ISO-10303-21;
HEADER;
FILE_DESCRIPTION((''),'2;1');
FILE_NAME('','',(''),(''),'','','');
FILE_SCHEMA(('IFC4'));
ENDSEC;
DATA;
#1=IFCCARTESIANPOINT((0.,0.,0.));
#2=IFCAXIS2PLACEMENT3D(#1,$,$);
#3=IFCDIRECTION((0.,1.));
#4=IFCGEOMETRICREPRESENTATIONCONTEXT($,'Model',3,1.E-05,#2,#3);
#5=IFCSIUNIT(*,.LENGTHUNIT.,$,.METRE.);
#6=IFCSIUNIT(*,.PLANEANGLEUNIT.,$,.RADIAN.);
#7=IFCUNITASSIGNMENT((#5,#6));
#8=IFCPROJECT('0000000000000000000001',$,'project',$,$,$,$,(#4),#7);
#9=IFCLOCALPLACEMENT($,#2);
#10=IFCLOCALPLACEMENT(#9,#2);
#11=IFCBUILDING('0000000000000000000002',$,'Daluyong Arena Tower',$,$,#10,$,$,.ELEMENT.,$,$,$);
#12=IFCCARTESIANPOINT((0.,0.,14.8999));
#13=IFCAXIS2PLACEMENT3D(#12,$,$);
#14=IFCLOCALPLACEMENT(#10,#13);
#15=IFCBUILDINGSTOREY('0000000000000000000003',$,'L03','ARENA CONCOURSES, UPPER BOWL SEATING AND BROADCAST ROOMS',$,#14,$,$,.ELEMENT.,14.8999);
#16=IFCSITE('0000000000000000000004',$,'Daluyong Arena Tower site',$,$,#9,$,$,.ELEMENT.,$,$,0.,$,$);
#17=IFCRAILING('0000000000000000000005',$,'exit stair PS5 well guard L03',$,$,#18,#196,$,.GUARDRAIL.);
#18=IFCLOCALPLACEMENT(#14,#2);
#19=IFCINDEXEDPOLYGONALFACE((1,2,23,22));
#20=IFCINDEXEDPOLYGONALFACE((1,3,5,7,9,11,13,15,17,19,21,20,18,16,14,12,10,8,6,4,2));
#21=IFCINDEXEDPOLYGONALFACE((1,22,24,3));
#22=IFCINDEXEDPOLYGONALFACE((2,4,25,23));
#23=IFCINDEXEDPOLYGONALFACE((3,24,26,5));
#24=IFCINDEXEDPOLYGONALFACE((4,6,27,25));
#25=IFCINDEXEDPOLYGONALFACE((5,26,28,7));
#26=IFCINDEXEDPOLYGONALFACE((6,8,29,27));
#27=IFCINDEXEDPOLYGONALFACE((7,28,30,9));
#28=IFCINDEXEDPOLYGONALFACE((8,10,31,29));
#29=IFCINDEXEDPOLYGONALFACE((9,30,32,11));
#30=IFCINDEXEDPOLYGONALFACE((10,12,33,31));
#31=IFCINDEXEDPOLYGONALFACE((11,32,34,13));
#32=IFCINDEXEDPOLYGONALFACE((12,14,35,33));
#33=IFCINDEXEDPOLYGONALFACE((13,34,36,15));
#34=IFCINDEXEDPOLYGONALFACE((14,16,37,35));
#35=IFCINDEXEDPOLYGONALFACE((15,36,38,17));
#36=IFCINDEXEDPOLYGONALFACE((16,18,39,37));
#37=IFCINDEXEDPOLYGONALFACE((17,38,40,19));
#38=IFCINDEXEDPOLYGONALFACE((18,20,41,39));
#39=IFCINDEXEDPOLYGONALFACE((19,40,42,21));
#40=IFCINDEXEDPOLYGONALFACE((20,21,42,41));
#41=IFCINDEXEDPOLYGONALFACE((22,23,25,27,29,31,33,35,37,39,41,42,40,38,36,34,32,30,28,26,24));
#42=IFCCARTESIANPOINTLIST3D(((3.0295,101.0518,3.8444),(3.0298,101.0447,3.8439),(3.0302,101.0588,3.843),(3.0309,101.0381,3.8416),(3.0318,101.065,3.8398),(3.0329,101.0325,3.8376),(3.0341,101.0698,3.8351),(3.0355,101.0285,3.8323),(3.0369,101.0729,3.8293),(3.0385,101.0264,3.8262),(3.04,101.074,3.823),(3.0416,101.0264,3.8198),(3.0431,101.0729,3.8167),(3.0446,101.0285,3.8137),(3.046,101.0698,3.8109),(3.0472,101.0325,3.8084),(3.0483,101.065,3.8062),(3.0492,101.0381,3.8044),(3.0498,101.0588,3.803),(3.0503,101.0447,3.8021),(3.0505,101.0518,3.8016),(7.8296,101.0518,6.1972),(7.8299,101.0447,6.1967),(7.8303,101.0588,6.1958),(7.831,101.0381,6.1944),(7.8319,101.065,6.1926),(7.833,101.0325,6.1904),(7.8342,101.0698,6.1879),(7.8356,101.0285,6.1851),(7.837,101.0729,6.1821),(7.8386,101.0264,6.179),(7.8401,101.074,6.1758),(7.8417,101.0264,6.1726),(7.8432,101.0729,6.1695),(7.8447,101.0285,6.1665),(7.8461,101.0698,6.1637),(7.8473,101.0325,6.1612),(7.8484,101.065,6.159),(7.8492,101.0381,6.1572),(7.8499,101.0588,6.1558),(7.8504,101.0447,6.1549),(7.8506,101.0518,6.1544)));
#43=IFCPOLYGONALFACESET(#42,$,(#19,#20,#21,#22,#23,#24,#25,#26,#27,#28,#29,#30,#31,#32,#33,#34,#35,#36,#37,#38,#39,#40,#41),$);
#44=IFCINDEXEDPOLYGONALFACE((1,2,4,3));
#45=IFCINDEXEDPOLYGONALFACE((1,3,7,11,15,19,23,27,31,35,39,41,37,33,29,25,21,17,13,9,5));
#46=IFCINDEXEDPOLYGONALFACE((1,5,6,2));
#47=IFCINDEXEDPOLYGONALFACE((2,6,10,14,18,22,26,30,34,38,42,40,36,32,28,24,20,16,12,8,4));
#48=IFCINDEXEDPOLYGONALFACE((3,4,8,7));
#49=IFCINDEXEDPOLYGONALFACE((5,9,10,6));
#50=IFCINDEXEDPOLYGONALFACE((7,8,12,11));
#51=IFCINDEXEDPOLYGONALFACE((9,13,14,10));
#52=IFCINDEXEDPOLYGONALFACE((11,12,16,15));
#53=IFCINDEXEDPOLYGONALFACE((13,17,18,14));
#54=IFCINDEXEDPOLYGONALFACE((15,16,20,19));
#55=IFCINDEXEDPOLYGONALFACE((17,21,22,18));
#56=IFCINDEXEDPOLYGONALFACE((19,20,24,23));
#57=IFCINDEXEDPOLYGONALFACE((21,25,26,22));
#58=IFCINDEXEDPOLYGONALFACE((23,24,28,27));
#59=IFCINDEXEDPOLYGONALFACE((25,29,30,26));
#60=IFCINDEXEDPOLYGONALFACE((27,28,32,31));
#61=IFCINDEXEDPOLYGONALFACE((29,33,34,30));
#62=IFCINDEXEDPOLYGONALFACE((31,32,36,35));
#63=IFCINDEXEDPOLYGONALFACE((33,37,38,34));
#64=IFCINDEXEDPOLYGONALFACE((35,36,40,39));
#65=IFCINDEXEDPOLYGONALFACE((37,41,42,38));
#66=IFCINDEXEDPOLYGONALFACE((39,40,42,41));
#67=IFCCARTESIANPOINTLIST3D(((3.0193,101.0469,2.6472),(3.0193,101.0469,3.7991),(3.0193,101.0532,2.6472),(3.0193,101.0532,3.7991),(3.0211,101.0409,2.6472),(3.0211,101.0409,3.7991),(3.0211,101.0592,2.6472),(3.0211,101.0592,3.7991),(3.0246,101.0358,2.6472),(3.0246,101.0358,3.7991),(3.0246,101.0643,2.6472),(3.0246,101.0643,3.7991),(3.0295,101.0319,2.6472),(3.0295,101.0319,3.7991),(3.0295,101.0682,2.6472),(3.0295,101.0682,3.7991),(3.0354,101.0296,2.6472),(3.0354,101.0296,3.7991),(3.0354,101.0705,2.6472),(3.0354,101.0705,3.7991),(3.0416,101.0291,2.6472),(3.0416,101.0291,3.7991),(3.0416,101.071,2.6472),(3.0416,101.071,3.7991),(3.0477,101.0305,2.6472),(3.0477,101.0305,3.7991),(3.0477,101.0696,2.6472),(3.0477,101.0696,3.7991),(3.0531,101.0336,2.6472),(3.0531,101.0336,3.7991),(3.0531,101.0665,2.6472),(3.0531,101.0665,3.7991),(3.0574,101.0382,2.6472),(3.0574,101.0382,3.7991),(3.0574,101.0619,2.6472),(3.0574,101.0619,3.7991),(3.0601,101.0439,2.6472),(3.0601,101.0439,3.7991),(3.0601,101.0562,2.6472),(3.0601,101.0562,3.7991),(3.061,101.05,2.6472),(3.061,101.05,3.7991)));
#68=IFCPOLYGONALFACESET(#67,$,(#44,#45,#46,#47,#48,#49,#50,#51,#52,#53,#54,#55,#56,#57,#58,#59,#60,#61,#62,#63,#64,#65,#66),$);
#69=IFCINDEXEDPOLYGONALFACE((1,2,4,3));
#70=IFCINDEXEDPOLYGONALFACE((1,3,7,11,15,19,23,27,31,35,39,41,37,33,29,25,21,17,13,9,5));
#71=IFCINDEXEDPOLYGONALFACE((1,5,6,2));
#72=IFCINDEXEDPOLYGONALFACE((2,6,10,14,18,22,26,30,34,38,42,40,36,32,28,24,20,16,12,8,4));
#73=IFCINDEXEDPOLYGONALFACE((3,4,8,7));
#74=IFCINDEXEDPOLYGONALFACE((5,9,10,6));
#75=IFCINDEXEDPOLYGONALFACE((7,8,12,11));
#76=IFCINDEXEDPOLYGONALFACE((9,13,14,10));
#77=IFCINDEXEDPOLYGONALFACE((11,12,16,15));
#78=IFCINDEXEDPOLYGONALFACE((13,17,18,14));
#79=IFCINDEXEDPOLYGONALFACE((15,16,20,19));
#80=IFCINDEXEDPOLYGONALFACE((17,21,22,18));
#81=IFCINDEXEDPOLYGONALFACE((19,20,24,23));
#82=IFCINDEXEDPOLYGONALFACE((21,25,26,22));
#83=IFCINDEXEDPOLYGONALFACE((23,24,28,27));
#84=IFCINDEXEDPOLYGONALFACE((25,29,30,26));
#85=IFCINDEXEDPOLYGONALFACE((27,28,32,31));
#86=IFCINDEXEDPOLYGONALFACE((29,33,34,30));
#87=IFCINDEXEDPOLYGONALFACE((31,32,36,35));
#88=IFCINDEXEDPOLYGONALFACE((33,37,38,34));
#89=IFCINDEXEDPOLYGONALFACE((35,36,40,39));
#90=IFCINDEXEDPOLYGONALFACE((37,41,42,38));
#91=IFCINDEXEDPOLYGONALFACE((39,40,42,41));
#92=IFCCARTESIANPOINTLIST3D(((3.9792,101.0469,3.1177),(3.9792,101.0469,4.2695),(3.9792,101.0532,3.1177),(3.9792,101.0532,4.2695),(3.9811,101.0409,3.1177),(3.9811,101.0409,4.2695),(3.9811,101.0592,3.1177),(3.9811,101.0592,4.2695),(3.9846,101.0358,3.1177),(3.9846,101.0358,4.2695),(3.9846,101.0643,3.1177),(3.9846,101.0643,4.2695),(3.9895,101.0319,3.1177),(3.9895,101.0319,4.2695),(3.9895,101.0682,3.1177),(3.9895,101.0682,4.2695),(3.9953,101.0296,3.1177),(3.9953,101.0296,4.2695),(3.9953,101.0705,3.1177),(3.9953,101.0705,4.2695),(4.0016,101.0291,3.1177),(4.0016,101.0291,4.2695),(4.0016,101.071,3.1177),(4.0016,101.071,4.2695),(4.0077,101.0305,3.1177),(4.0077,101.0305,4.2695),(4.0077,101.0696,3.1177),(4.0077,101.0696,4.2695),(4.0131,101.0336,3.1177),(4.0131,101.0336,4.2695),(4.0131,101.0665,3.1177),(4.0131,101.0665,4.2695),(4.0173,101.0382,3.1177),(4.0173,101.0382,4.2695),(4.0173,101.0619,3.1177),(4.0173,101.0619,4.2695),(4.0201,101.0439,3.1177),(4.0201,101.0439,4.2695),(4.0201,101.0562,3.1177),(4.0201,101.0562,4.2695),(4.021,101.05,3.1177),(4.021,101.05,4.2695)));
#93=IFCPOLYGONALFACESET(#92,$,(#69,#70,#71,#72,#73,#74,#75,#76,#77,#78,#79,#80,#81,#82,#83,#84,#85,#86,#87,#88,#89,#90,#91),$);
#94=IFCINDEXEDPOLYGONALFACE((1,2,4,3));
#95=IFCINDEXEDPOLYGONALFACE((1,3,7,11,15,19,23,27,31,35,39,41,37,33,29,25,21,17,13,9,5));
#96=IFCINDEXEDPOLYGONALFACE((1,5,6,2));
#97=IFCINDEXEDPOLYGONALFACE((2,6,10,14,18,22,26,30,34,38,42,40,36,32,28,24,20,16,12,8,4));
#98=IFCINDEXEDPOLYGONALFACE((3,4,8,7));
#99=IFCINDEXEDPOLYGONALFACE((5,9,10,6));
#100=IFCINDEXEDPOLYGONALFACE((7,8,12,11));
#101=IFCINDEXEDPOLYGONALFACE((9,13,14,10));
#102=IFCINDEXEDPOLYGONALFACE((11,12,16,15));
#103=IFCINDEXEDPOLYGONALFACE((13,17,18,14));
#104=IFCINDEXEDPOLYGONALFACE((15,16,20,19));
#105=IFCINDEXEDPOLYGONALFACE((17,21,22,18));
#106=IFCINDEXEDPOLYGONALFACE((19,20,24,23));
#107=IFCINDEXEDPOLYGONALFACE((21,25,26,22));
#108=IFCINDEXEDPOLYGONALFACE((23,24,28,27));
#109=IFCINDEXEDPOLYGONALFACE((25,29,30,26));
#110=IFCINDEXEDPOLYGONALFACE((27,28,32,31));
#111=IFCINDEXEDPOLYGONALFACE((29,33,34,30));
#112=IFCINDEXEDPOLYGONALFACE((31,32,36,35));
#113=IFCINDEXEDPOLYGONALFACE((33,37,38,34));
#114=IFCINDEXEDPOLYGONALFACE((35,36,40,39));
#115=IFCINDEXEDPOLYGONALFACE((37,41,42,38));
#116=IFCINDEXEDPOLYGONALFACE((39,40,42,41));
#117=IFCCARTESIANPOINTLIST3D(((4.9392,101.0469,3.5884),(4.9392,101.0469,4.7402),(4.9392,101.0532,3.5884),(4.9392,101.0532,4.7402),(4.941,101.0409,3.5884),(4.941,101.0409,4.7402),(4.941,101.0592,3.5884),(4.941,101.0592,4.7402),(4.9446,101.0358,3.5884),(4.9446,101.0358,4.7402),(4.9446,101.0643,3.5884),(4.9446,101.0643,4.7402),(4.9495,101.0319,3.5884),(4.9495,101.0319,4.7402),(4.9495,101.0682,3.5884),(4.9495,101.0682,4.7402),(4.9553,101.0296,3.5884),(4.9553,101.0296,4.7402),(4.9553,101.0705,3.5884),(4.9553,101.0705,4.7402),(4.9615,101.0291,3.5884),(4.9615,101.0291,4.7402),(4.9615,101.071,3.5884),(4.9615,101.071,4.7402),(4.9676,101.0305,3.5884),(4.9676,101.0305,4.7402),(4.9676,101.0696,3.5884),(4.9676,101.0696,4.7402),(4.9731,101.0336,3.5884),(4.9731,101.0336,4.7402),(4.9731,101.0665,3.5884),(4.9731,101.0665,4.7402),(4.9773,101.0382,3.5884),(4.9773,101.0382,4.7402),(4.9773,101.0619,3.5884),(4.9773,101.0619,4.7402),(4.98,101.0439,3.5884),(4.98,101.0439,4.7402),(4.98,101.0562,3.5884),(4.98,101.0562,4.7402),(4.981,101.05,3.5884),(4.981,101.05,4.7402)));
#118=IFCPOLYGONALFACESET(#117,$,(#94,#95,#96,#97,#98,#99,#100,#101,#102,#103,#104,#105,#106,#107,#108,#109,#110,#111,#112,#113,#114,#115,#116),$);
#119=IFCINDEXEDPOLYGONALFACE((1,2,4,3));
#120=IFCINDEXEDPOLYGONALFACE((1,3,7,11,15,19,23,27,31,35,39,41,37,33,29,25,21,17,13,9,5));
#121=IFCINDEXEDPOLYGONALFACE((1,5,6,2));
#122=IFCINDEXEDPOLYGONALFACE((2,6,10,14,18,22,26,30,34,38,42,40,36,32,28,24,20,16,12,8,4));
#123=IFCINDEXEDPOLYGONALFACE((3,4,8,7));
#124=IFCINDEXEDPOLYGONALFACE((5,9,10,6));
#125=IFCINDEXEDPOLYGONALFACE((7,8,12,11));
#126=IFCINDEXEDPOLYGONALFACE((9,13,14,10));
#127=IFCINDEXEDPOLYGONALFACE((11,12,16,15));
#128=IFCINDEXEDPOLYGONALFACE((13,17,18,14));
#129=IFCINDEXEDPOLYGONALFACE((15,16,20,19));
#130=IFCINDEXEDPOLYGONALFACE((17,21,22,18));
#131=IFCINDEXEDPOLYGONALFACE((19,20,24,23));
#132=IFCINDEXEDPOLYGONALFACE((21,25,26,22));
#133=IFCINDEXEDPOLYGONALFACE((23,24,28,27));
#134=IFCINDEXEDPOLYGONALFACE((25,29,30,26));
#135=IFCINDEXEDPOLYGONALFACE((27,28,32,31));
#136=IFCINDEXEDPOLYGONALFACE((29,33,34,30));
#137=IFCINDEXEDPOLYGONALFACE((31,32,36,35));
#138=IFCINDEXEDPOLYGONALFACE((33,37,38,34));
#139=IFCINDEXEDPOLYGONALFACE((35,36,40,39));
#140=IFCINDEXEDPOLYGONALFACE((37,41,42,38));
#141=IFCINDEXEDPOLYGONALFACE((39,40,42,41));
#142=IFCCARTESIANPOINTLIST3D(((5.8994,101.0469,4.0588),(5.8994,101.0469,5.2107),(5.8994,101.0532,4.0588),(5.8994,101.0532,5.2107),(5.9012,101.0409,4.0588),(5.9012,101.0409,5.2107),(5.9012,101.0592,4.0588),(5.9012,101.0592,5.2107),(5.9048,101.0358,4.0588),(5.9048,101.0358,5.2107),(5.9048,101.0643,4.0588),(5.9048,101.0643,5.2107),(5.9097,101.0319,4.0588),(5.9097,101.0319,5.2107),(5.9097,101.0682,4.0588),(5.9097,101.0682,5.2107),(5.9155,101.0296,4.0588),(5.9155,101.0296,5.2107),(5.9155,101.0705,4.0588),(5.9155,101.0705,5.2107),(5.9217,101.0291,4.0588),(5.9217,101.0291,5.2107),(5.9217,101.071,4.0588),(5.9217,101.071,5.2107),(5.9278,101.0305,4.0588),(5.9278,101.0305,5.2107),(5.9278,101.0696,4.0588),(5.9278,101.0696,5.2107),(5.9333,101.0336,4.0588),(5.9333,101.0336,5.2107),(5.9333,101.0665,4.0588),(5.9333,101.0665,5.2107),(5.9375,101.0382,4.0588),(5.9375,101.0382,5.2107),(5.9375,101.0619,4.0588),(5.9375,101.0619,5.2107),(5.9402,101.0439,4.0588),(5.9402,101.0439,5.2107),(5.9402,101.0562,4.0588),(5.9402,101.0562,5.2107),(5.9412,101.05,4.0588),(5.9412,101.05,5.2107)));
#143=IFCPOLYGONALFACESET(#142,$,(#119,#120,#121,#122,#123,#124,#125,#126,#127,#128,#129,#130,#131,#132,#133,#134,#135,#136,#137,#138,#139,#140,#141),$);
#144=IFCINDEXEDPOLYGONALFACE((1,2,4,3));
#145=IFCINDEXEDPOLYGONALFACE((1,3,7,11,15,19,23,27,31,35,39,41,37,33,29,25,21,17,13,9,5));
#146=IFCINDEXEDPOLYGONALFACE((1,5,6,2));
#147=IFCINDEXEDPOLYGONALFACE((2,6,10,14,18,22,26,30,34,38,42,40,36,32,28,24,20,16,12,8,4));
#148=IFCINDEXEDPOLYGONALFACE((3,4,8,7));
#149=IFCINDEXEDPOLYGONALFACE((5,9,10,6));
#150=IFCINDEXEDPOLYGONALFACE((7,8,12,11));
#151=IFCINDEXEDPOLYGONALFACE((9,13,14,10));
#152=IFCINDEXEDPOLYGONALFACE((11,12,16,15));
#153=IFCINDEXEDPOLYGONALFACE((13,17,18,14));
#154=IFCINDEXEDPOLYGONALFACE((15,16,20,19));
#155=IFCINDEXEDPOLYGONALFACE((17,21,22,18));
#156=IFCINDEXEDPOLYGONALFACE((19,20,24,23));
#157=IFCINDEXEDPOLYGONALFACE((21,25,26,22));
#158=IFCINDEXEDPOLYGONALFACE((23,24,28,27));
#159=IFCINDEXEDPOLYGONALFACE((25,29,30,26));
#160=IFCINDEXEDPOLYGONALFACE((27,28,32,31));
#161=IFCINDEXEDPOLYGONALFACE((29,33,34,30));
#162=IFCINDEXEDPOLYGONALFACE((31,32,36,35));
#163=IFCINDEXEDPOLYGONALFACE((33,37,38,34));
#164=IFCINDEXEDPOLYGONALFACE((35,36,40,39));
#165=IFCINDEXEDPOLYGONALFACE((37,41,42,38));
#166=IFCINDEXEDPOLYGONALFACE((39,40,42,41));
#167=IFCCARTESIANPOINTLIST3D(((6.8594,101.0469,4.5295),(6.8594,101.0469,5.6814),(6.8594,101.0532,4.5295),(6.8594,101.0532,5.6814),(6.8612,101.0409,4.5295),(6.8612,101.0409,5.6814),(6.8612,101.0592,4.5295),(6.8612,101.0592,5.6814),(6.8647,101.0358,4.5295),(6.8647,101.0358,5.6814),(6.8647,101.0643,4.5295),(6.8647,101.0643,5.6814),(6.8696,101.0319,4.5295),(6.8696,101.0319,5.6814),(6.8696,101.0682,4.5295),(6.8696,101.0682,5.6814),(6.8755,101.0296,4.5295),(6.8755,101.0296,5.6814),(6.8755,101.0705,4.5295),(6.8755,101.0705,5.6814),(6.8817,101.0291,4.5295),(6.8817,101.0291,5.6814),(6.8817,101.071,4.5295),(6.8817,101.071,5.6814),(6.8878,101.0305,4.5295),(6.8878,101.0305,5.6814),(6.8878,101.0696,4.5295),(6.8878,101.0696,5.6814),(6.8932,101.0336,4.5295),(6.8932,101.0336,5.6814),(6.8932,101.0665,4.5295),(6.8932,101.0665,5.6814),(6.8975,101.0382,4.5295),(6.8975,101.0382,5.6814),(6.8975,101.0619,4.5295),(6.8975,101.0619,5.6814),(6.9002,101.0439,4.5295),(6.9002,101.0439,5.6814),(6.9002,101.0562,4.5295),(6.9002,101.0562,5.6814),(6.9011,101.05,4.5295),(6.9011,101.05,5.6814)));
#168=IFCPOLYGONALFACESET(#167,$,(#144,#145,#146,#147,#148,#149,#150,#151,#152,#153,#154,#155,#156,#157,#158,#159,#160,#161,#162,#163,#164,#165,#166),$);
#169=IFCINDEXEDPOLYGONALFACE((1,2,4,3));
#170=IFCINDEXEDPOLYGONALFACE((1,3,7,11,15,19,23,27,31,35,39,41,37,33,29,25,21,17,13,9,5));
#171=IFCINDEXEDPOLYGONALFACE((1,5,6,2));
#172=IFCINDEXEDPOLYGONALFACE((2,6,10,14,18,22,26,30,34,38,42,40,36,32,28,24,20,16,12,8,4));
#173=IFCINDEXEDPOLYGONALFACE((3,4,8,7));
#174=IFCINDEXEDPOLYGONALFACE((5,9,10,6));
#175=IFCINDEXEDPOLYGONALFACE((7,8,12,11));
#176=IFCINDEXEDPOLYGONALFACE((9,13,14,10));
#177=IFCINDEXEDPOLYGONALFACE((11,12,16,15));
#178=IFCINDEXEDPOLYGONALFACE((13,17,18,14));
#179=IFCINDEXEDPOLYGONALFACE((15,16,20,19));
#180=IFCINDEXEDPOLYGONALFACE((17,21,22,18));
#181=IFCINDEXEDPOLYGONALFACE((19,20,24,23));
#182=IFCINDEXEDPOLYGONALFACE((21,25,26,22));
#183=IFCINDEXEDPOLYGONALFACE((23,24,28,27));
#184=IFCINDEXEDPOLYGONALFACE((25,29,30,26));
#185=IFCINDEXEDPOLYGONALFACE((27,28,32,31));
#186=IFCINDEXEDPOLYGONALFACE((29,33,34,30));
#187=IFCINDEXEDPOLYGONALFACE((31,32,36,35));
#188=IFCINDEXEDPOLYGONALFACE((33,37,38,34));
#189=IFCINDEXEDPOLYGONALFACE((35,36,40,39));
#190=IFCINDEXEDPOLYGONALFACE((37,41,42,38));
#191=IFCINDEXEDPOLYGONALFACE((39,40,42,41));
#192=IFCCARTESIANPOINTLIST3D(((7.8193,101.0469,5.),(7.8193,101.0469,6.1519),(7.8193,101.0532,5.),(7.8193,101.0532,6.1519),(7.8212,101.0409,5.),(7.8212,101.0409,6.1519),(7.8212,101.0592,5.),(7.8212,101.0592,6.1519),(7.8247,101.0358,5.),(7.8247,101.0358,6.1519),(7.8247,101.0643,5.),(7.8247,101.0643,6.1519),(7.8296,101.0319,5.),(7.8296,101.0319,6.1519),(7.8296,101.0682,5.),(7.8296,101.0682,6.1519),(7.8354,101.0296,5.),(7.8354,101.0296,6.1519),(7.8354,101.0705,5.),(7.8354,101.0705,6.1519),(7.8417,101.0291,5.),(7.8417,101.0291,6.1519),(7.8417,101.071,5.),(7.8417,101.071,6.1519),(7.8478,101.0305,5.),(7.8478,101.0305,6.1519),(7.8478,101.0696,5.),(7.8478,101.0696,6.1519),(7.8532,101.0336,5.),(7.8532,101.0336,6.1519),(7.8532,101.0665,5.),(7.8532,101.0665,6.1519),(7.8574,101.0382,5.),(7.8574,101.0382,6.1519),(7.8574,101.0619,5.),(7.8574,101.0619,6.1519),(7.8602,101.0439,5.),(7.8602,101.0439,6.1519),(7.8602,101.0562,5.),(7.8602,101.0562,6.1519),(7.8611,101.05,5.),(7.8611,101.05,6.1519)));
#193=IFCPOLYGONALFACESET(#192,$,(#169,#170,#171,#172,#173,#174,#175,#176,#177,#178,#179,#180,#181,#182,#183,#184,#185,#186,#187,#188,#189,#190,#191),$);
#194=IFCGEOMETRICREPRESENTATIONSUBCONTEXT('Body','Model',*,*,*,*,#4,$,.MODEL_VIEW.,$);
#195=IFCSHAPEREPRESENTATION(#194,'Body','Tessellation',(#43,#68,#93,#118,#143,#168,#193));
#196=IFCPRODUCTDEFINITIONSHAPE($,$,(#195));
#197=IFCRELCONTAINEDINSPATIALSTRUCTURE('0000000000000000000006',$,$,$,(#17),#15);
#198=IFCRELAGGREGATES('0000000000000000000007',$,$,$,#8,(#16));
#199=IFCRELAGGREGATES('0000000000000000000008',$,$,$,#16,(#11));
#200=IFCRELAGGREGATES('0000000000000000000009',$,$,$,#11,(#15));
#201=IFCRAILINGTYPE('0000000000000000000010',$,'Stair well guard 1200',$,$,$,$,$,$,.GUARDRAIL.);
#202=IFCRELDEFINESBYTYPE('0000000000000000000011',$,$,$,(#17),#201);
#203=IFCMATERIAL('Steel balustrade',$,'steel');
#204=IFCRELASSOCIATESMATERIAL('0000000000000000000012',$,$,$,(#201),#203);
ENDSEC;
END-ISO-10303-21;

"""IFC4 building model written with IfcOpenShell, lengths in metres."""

from ifc_helpers import new_model, si_unit, direction, frame, origin, origin_2d, place, context, subcontext, project, spatial, circle, extrude, material, type_object, element, save


model = new_model("IFC4")

# Units and contexts
model_context = context("Model", 3, precision=1e-05, world=origin(), true_north=direction((0.0, 1.0)))
body_context = subcontext(model_context, "Body", "Model", "MODEL_VIEW")
ifc_project = project(units=[si_unit("LENGTHUNIT", "METRE"), si_unit("PLANEANGLEUNIT", "RADIAN")], contexts=[model_context])

# Site, building, storey
site_placement = place(None, origin())
site = spatial("IfcSite", under=ifc_project, at=site_placement, Name="Daluyong Arena Tower site", CompositionType="ELEMENT", RefElevation=0.0)
building_placement = place(site_placement, origin())
building = spatial("IfcBuilding", under=site, at=building_placement, Name="Daluyong Arena Tower", CompositionType="ELEMENT")
storey_placement = place(building_placement, frame((0.0, 0.0, 14.8999)))
storey = spatial("IfcBuildingStorey", under=building, at=storey_placement, Name="L03", Description="ARENA CONCOURSES, UPPER BOWL SEATING AND BROADCAST ROOMS", CompositionType="ELEMENT", Elevation=14.8999)

# Railing
ifc_material_1 = material(Name="Steel balustrade", Category="steel")
railing_type_1 = type_object("IfcRailingType", Name="Stair well guard 1200", PredefinedType="GUARDRAIL", material=ifc_material_1)
railing_1_placement = place(storey_placement, frame((3.04, 101.05, 2.6472)))
element("IfcRailing", 1, at=railing_1_placement, inside=storey, type_object=railing_type_1, Name="exit stair PS5 well guard L03", PredefinedType="GUARDRAIL", context=body_context, shape_type="SweptSolid", body=[
    extrude(circle(Radius=0.0239, at=origin_2d()), frame((0.0, 0.0, 1.1758), z_axis=(0.897934, 0.0, 0.44013), x_axis=(0.0, 1.0, 0.0)), (0.0, 0.0, 1.0), 5.3457),
    extrude(circle(Radius=0.021, at=origin_2d()), origin(), (0.0, 0.0, 1.0), 1.1519),
    extrude(circle(Radius=0.021, at=origin_2d()), frame((0.96, 0.0, 0.4705)), (0.0, 0.0, 1.0), 1.1519),
    extrude(circle(Radius=0.021, at=origin_2d()), frame((1.9199, 0.0, 0.9412)), (0.0, 0.0, 1.0), 1.1519),
    extrude(circle(Radius=0.021, at=origin_2d()), frame((2.8801, 0.0, 1.4116)), (0.0, 0.0, 1.0), 1.1519),
    extrude(circle(Radius=0.021, at=origin_2d()), frame((3.8401, 0.0, 1.8823)), (0.0, 0.0, 1.0), 1.1519),
    extrude(circle(Radius=0.021, at=origin_2d()), frame((4.8, 0.0, 2.3528)), (0.0, 0.0, 1.0), 1.1519),
])

save(model, "model.ifc")
